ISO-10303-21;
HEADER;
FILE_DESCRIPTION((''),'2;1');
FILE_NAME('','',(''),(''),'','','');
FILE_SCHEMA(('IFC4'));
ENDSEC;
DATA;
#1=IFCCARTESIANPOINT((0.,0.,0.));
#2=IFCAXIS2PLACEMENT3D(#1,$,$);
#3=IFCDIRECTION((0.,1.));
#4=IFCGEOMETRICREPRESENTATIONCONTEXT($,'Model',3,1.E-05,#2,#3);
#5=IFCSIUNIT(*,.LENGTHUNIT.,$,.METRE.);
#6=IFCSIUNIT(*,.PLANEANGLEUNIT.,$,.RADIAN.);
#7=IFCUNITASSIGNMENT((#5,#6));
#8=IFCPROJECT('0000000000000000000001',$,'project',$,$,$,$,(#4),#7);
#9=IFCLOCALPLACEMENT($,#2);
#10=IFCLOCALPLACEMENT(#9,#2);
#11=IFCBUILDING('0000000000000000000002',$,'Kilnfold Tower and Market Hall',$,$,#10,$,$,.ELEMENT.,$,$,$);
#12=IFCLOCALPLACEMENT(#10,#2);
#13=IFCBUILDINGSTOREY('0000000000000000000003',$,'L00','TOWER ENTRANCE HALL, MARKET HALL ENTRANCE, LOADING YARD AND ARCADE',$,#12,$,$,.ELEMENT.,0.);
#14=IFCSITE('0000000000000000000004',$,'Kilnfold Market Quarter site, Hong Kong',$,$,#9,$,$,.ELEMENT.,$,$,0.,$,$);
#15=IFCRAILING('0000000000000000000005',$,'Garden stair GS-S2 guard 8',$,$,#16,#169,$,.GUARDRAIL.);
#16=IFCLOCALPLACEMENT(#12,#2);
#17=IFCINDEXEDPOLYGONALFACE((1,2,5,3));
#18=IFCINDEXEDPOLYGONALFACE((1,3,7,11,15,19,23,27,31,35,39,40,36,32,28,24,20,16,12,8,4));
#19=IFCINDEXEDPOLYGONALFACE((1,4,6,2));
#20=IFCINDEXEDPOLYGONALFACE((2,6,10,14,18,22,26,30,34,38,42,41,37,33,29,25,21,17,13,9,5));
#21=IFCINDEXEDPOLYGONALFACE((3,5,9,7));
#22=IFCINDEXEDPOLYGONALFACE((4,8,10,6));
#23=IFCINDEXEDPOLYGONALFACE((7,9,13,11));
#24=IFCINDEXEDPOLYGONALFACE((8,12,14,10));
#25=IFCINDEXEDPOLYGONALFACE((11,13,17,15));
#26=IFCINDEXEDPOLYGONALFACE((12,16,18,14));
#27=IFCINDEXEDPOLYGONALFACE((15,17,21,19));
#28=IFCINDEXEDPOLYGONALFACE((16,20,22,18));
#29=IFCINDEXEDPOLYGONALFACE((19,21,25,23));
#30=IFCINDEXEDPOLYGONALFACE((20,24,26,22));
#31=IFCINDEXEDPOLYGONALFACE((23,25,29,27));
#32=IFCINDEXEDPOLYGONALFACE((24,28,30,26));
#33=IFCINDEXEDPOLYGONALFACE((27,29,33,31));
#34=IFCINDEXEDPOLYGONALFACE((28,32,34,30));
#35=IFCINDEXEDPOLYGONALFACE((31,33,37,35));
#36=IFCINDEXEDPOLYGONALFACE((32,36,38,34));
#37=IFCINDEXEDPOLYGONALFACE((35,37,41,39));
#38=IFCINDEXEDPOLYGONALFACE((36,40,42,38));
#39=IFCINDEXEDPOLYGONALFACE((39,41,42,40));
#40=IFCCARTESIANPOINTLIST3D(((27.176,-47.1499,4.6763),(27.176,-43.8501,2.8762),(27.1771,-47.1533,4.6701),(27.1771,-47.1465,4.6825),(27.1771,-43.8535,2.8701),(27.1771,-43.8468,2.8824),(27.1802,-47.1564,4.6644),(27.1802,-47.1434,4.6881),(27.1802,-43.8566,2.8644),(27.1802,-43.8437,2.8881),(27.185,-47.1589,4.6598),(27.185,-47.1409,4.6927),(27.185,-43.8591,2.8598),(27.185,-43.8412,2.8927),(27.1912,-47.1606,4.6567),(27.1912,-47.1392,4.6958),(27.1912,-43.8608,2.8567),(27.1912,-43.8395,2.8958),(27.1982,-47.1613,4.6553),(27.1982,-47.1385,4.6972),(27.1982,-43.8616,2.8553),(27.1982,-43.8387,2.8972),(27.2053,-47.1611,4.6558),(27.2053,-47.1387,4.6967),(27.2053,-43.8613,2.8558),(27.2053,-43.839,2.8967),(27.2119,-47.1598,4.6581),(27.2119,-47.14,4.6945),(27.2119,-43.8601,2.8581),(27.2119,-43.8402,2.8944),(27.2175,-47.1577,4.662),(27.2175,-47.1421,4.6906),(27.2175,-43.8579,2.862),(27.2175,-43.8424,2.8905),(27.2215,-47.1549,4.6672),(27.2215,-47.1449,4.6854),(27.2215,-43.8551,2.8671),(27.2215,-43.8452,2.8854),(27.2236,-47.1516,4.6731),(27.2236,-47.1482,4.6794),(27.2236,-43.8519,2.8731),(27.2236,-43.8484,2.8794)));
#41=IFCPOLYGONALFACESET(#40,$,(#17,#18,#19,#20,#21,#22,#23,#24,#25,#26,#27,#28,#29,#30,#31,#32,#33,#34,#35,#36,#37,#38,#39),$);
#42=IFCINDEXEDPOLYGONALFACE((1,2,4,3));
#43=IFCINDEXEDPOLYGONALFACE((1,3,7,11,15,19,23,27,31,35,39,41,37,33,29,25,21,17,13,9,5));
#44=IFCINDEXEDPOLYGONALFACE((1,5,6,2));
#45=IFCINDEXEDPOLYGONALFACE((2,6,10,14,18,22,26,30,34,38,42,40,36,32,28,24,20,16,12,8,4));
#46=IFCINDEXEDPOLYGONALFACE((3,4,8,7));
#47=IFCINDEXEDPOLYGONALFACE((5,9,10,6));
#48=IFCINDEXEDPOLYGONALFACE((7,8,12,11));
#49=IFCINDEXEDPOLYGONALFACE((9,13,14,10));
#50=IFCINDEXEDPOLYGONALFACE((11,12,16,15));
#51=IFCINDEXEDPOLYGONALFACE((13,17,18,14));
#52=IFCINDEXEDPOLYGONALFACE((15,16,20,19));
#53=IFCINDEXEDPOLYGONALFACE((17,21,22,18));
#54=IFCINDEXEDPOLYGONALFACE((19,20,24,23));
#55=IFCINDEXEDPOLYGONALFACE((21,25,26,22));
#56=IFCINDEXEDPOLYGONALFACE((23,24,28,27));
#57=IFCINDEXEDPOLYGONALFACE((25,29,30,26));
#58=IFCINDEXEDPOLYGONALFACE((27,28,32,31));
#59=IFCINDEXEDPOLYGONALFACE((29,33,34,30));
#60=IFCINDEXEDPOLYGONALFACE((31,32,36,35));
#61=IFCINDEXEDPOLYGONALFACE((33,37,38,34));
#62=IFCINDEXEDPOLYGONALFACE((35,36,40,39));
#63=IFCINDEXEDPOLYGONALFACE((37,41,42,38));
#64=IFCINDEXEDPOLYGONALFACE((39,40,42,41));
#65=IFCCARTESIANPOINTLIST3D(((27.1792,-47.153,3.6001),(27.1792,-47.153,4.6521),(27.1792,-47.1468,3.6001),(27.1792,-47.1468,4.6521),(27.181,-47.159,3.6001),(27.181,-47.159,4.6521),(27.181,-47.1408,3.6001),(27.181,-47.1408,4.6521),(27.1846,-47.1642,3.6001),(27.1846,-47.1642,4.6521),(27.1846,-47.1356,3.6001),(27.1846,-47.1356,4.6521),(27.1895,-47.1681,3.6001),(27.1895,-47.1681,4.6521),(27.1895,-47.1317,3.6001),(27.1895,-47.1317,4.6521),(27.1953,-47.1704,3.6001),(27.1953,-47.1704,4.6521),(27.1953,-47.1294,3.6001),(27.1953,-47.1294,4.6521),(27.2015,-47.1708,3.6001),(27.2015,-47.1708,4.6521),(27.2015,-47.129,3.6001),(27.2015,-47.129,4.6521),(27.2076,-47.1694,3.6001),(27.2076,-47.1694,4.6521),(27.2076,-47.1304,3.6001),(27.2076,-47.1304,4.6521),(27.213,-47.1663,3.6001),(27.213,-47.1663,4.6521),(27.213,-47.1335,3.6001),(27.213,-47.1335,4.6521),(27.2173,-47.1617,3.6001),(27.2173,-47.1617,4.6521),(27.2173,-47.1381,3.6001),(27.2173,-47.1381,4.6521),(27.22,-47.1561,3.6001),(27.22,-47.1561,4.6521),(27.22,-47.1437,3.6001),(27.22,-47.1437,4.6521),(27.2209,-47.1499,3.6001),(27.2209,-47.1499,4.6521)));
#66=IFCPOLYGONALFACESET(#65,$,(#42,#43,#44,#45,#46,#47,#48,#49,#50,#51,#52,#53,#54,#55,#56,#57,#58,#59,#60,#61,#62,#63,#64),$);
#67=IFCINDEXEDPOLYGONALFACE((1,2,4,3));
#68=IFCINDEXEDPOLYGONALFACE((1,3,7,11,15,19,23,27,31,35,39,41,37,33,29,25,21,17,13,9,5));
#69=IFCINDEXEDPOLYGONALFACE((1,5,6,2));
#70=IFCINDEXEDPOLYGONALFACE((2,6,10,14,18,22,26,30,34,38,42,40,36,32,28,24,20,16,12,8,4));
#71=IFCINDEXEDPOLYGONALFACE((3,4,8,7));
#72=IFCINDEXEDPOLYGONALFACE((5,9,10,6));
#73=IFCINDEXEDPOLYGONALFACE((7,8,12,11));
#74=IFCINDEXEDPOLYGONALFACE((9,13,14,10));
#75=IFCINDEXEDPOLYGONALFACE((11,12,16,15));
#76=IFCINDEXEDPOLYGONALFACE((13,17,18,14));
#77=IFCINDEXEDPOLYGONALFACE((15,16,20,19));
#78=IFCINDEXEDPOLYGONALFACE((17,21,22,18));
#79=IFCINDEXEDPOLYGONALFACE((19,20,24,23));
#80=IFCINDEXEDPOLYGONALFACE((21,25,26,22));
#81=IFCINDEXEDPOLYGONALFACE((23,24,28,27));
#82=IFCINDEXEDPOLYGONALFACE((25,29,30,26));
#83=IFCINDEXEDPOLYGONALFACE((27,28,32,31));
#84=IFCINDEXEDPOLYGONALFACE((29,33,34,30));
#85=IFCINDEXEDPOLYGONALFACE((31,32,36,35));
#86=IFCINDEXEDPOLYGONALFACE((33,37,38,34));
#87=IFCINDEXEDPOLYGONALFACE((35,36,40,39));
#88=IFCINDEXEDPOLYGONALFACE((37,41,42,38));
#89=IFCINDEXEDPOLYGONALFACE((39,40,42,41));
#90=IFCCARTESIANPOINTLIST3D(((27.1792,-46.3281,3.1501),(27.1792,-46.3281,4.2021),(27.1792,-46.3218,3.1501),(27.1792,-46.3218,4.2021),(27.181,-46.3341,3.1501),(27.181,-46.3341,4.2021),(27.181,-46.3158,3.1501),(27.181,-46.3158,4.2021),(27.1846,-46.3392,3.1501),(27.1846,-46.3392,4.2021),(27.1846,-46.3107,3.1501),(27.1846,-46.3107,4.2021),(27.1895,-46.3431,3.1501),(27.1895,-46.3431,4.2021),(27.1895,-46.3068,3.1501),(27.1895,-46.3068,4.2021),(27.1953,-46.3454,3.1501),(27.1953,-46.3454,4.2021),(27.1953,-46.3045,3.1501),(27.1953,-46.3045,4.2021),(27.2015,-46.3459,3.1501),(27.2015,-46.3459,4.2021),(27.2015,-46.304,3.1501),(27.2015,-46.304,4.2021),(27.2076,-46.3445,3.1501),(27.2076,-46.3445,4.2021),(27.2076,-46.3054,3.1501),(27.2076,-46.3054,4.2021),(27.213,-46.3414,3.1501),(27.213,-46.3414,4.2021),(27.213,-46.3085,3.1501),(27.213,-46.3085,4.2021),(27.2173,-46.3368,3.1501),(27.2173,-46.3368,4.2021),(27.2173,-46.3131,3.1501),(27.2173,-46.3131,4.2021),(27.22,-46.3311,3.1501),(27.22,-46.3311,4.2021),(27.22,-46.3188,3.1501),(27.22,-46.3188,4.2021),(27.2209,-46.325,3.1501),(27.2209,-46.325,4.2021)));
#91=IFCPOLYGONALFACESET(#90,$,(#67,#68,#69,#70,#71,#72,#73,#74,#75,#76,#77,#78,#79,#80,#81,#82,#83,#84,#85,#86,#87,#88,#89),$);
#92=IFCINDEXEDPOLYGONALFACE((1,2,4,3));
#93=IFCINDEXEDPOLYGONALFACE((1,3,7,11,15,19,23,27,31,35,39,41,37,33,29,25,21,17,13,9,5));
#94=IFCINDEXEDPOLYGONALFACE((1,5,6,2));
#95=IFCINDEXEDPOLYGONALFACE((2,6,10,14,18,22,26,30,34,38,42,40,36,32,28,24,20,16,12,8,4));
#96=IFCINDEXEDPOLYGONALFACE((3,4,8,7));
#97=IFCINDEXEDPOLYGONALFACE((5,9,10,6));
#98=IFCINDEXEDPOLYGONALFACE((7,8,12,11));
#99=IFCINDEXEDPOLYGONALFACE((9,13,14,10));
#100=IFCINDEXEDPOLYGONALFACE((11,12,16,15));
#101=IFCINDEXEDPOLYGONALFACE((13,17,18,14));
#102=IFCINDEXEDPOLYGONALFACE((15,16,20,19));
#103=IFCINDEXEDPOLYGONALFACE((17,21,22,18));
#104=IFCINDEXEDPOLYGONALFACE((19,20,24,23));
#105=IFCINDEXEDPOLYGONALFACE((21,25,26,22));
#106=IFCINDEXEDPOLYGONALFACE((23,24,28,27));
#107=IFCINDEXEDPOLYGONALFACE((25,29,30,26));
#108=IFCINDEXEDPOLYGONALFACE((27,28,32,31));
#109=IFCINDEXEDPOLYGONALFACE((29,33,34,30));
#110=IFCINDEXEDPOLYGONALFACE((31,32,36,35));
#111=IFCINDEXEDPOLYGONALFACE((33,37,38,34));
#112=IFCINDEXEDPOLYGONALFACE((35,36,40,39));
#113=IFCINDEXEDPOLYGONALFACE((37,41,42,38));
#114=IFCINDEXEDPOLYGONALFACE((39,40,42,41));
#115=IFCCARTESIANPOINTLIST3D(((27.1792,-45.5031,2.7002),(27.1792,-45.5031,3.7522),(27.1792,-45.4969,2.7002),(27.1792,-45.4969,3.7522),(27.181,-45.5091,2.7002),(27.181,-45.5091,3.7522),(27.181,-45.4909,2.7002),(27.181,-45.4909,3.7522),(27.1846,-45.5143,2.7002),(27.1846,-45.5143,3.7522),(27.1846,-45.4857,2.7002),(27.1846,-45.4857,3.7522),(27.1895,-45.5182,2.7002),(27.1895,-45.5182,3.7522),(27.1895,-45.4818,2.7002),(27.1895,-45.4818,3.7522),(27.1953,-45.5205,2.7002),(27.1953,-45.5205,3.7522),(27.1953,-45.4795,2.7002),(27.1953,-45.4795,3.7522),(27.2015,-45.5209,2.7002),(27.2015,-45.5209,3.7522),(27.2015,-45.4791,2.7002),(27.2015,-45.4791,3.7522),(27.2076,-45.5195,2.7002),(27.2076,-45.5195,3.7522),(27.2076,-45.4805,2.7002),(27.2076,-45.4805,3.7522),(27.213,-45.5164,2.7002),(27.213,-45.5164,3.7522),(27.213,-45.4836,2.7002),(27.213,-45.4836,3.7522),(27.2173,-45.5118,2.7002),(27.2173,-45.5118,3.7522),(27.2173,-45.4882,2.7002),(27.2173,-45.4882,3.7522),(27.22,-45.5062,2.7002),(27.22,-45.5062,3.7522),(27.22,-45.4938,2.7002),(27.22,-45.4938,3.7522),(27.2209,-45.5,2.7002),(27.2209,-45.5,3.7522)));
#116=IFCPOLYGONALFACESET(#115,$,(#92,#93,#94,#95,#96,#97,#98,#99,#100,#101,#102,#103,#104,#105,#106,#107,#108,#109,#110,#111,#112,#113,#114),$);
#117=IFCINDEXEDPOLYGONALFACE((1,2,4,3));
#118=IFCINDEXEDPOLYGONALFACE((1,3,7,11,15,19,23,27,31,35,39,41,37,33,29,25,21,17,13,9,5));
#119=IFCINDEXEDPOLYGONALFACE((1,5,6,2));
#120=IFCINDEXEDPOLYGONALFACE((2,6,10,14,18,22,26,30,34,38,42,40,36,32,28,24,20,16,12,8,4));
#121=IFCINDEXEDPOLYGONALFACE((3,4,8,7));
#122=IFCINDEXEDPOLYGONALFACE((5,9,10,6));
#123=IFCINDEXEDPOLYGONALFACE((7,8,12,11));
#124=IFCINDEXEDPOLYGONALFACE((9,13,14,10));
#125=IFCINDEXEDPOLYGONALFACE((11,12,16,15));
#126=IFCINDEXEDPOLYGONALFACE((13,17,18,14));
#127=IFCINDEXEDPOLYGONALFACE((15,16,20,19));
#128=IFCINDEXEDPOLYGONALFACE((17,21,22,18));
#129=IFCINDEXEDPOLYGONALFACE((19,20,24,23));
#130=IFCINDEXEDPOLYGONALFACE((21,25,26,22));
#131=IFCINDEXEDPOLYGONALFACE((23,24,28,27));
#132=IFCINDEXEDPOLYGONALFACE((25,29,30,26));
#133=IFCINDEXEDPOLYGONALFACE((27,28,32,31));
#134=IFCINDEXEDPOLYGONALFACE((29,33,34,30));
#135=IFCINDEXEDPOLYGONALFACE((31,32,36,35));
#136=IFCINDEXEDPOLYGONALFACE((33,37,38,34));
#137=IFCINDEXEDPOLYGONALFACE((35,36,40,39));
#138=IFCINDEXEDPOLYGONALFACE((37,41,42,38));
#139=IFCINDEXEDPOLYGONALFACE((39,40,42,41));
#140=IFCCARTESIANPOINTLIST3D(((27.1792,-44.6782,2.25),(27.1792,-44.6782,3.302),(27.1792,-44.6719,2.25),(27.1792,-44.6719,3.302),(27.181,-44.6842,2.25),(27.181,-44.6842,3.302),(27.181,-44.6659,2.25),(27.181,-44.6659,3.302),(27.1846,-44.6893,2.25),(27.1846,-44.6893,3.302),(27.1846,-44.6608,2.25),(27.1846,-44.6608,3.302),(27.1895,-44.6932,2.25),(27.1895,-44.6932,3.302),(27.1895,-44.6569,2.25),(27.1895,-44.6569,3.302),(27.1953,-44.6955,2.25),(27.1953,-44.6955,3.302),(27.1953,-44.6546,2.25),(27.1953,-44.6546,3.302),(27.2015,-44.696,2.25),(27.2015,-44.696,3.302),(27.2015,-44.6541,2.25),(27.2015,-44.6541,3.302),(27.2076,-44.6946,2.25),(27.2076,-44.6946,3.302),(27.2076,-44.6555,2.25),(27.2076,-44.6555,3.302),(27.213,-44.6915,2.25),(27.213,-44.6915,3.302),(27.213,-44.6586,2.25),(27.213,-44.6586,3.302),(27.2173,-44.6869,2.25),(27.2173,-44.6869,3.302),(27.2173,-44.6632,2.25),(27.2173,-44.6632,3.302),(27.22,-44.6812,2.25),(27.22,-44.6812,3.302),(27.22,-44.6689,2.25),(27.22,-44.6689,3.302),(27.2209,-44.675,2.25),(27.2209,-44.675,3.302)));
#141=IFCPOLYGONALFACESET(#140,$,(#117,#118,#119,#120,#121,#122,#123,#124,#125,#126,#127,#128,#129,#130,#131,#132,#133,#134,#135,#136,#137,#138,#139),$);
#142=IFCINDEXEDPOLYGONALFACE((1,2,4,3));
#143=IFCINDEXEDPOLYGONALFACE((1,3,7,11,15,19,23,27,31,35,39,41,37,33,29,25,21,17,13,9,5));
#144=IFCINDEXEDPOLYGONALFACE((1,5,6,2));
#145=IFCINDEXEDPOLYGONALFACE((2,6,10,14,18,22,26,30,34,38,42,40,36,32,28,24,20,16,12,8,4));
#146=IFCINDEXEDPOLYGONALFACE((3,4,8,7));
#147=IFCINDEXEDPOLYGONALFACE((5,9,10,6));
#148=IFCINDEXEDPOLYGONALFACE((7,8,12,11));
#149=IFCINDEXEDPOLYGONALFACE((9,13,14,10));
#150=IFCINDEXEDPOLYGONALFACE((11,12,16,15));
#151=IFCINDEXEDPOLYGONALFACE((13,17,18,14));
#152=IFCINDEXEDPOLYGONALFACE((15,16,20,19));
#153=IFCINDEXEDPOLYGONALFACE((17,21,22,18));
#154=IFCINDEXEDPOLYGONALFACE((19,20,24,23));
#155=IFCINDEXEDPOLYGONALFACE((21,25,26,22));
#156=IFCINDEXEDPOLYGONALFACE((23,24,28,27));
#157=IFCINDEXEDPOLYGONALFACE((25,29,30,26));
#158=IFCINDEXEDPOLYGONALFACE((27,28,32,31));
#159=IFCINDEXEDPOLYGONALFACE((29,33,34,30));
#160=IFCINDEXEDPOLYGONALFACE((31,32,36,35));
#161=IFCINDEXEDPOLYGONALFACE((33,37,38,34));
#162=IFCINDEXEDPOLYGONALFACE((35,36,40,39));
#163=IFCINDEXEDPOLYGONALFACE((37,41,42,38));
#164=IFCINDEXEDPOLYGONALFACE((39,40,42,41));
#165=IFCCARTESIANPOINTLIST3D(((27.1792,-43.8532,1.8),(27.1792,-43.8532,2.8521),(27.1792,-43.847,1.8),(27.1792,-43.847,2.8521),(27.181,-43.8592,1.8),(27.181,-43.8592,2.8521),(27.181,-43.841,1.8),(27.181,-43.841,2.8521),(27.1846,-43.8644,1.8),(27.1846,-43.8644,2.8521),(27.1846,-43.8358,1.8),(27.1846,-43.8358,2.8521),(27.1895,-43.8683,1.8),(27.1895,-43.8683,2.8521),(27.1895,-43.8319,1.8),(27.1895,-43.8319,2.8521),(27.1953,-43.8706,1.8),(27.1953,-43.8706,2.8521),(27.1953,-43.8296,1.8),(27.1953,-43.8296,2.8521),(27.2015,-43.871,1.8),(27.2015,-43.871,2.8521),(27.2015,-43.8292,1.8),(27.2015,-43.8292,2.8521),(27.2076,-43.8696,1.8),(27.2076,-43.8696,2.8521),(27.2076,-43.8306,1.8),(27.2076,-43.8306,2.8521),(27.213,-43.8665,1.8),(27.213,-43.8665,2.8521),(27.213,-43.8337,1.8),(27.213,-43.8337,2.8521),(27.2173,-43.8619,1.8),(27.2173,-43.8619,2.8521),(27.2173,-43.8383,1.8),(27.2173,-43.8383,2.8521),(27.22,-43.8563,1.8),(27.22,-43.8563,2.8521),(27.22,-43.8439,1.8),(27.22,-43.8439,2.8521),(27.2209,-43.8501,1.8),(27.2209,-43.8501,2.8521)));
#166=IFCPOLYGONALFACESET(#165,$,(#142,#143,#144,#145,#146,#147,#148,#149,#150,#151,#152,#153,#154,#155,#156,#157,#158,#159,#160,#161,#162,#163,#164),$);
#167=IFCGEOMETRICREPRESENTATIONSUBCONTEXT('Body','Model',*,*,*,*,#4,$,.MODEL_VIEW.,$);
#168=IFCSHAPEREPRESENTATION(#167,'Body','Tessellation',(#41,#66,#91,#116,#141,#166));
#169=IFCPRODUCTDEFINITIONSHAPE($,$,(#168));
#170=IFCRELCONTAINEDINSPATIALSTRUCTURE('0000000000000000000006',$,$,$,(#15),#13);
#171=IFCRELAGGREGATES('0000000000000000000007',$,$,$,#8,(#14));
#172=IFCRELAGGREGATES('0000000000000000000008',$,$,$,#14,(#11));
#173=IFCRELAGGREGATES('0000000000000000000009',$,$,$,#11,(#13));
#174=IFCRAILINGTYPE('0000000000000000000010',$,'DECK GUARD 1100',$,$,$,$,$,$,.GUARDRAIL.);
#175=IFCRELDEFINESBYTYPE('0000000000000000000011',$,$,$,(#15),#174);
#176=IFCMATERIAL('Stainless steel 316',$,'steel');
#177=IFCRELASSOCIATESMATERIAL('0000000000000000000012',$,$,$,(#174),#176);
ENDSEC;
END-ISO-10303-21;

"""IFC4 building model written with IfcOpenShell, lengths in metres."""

from ifc_helpers import new_model, si_unit, direction, frame, origin, origin_2d, place, context, subcontext, project, spatial, circle, extrude, material, type_object, element, save


model = new_model("IFC4")

# Units and contexts
model_context = context("Model", 3, precision=1e-05, world=origin(), true_north=direction((0.0, 1.0)))
body_context = subcontext(model_context, "Body", "Model", "MODEL_VIEW")
ifc_project = project(units=[si_unit("LENGTHUNIT", "METRE"), si_unit("PLANEANGLEUNIT", "RADIAN")], contexts=[model_context])

# Site, building, storey
site_placement = place(None, origin())
site = spatial("IfcSite", under=ifc_project, at=site_placement, Name="Kilnfold Market Quarter site, Hong Kong", CompositionType="ELEMENT", RefElevation=0.0)
building_placement = place(site_placement, origin())
building = spatial("IfcBuilding", under=site, at=building_placement, Name="Kilnfold Tower and Market Hall", CompositionType="ELEMENT")
storey_placement = place(building_placement, origin())
storey = spatial("IfcBuildingStorey", under=building, at=storey_placement, Name="L00", Description="TOWER ENTRANCE HALL, MARKET HALL ENTRANCE, LOADING YARD AND ARCADE", CompositionType="ELEMENT", Elevation=0.0)

# Railing
ifc_material_1 = material(Name="Stainless steel 316", Category="steel")
railing_type_1 = type_object("IfcRailingType", Name="DECK GUARD 1100", PredefinedType="GUARDRAIL", material=ifc_material_1)
railing_1_placement = place(storey_placement, frame((27.2, -47.1499, 3.6001)))
element("IfcRailing", 1, at=railing_1_placement, inside=storey, type_object=railing_type_1, Name="Garden stair GS-S2 guard 8", PredefinedType="GUARDRAIL", context=body_context, shape_type="SweptSolid", body=[
    extrude(circle(Radius=0.0239, at=origin_2d()), frame((0.0, 0.0, 1.0762), z_axis=(0.0, 0.877878, -0.478884), x_axis=(-1.0, 0.0, 0.0)), (0.0, 0.0, 1.0), 3.7588),
    extrude(circle(Radius=0.021, at=origin_2d()), origin(), (0.0, 0.0, 1.0), 1.052),
    extrude(circle(Radius=0.021, at=origin_2d()), frame((0.0, 0.825, -0.45)), (0.0, 0.0, 1.0), 1.052),
    extrude(circle(Radius=0.021, at=origin_2d()), frame((0.0, 1.6499, -0.8999)), (0.0, 0.0, 1.0), 1.052),
    extrude(circle(Radius=0.021, at=origin_2d()), frame((0.0, 2.4749, -1.3501)), (0.0, 0.0, 1.0), 1.052),
    extrude(circle(Radius=0.021, at=origin_2d()), frame((0.0, 3.2998, -1.8)), (0.0, 0.0, 1.0), 1.052),
])

save(model, "model.ifc")
